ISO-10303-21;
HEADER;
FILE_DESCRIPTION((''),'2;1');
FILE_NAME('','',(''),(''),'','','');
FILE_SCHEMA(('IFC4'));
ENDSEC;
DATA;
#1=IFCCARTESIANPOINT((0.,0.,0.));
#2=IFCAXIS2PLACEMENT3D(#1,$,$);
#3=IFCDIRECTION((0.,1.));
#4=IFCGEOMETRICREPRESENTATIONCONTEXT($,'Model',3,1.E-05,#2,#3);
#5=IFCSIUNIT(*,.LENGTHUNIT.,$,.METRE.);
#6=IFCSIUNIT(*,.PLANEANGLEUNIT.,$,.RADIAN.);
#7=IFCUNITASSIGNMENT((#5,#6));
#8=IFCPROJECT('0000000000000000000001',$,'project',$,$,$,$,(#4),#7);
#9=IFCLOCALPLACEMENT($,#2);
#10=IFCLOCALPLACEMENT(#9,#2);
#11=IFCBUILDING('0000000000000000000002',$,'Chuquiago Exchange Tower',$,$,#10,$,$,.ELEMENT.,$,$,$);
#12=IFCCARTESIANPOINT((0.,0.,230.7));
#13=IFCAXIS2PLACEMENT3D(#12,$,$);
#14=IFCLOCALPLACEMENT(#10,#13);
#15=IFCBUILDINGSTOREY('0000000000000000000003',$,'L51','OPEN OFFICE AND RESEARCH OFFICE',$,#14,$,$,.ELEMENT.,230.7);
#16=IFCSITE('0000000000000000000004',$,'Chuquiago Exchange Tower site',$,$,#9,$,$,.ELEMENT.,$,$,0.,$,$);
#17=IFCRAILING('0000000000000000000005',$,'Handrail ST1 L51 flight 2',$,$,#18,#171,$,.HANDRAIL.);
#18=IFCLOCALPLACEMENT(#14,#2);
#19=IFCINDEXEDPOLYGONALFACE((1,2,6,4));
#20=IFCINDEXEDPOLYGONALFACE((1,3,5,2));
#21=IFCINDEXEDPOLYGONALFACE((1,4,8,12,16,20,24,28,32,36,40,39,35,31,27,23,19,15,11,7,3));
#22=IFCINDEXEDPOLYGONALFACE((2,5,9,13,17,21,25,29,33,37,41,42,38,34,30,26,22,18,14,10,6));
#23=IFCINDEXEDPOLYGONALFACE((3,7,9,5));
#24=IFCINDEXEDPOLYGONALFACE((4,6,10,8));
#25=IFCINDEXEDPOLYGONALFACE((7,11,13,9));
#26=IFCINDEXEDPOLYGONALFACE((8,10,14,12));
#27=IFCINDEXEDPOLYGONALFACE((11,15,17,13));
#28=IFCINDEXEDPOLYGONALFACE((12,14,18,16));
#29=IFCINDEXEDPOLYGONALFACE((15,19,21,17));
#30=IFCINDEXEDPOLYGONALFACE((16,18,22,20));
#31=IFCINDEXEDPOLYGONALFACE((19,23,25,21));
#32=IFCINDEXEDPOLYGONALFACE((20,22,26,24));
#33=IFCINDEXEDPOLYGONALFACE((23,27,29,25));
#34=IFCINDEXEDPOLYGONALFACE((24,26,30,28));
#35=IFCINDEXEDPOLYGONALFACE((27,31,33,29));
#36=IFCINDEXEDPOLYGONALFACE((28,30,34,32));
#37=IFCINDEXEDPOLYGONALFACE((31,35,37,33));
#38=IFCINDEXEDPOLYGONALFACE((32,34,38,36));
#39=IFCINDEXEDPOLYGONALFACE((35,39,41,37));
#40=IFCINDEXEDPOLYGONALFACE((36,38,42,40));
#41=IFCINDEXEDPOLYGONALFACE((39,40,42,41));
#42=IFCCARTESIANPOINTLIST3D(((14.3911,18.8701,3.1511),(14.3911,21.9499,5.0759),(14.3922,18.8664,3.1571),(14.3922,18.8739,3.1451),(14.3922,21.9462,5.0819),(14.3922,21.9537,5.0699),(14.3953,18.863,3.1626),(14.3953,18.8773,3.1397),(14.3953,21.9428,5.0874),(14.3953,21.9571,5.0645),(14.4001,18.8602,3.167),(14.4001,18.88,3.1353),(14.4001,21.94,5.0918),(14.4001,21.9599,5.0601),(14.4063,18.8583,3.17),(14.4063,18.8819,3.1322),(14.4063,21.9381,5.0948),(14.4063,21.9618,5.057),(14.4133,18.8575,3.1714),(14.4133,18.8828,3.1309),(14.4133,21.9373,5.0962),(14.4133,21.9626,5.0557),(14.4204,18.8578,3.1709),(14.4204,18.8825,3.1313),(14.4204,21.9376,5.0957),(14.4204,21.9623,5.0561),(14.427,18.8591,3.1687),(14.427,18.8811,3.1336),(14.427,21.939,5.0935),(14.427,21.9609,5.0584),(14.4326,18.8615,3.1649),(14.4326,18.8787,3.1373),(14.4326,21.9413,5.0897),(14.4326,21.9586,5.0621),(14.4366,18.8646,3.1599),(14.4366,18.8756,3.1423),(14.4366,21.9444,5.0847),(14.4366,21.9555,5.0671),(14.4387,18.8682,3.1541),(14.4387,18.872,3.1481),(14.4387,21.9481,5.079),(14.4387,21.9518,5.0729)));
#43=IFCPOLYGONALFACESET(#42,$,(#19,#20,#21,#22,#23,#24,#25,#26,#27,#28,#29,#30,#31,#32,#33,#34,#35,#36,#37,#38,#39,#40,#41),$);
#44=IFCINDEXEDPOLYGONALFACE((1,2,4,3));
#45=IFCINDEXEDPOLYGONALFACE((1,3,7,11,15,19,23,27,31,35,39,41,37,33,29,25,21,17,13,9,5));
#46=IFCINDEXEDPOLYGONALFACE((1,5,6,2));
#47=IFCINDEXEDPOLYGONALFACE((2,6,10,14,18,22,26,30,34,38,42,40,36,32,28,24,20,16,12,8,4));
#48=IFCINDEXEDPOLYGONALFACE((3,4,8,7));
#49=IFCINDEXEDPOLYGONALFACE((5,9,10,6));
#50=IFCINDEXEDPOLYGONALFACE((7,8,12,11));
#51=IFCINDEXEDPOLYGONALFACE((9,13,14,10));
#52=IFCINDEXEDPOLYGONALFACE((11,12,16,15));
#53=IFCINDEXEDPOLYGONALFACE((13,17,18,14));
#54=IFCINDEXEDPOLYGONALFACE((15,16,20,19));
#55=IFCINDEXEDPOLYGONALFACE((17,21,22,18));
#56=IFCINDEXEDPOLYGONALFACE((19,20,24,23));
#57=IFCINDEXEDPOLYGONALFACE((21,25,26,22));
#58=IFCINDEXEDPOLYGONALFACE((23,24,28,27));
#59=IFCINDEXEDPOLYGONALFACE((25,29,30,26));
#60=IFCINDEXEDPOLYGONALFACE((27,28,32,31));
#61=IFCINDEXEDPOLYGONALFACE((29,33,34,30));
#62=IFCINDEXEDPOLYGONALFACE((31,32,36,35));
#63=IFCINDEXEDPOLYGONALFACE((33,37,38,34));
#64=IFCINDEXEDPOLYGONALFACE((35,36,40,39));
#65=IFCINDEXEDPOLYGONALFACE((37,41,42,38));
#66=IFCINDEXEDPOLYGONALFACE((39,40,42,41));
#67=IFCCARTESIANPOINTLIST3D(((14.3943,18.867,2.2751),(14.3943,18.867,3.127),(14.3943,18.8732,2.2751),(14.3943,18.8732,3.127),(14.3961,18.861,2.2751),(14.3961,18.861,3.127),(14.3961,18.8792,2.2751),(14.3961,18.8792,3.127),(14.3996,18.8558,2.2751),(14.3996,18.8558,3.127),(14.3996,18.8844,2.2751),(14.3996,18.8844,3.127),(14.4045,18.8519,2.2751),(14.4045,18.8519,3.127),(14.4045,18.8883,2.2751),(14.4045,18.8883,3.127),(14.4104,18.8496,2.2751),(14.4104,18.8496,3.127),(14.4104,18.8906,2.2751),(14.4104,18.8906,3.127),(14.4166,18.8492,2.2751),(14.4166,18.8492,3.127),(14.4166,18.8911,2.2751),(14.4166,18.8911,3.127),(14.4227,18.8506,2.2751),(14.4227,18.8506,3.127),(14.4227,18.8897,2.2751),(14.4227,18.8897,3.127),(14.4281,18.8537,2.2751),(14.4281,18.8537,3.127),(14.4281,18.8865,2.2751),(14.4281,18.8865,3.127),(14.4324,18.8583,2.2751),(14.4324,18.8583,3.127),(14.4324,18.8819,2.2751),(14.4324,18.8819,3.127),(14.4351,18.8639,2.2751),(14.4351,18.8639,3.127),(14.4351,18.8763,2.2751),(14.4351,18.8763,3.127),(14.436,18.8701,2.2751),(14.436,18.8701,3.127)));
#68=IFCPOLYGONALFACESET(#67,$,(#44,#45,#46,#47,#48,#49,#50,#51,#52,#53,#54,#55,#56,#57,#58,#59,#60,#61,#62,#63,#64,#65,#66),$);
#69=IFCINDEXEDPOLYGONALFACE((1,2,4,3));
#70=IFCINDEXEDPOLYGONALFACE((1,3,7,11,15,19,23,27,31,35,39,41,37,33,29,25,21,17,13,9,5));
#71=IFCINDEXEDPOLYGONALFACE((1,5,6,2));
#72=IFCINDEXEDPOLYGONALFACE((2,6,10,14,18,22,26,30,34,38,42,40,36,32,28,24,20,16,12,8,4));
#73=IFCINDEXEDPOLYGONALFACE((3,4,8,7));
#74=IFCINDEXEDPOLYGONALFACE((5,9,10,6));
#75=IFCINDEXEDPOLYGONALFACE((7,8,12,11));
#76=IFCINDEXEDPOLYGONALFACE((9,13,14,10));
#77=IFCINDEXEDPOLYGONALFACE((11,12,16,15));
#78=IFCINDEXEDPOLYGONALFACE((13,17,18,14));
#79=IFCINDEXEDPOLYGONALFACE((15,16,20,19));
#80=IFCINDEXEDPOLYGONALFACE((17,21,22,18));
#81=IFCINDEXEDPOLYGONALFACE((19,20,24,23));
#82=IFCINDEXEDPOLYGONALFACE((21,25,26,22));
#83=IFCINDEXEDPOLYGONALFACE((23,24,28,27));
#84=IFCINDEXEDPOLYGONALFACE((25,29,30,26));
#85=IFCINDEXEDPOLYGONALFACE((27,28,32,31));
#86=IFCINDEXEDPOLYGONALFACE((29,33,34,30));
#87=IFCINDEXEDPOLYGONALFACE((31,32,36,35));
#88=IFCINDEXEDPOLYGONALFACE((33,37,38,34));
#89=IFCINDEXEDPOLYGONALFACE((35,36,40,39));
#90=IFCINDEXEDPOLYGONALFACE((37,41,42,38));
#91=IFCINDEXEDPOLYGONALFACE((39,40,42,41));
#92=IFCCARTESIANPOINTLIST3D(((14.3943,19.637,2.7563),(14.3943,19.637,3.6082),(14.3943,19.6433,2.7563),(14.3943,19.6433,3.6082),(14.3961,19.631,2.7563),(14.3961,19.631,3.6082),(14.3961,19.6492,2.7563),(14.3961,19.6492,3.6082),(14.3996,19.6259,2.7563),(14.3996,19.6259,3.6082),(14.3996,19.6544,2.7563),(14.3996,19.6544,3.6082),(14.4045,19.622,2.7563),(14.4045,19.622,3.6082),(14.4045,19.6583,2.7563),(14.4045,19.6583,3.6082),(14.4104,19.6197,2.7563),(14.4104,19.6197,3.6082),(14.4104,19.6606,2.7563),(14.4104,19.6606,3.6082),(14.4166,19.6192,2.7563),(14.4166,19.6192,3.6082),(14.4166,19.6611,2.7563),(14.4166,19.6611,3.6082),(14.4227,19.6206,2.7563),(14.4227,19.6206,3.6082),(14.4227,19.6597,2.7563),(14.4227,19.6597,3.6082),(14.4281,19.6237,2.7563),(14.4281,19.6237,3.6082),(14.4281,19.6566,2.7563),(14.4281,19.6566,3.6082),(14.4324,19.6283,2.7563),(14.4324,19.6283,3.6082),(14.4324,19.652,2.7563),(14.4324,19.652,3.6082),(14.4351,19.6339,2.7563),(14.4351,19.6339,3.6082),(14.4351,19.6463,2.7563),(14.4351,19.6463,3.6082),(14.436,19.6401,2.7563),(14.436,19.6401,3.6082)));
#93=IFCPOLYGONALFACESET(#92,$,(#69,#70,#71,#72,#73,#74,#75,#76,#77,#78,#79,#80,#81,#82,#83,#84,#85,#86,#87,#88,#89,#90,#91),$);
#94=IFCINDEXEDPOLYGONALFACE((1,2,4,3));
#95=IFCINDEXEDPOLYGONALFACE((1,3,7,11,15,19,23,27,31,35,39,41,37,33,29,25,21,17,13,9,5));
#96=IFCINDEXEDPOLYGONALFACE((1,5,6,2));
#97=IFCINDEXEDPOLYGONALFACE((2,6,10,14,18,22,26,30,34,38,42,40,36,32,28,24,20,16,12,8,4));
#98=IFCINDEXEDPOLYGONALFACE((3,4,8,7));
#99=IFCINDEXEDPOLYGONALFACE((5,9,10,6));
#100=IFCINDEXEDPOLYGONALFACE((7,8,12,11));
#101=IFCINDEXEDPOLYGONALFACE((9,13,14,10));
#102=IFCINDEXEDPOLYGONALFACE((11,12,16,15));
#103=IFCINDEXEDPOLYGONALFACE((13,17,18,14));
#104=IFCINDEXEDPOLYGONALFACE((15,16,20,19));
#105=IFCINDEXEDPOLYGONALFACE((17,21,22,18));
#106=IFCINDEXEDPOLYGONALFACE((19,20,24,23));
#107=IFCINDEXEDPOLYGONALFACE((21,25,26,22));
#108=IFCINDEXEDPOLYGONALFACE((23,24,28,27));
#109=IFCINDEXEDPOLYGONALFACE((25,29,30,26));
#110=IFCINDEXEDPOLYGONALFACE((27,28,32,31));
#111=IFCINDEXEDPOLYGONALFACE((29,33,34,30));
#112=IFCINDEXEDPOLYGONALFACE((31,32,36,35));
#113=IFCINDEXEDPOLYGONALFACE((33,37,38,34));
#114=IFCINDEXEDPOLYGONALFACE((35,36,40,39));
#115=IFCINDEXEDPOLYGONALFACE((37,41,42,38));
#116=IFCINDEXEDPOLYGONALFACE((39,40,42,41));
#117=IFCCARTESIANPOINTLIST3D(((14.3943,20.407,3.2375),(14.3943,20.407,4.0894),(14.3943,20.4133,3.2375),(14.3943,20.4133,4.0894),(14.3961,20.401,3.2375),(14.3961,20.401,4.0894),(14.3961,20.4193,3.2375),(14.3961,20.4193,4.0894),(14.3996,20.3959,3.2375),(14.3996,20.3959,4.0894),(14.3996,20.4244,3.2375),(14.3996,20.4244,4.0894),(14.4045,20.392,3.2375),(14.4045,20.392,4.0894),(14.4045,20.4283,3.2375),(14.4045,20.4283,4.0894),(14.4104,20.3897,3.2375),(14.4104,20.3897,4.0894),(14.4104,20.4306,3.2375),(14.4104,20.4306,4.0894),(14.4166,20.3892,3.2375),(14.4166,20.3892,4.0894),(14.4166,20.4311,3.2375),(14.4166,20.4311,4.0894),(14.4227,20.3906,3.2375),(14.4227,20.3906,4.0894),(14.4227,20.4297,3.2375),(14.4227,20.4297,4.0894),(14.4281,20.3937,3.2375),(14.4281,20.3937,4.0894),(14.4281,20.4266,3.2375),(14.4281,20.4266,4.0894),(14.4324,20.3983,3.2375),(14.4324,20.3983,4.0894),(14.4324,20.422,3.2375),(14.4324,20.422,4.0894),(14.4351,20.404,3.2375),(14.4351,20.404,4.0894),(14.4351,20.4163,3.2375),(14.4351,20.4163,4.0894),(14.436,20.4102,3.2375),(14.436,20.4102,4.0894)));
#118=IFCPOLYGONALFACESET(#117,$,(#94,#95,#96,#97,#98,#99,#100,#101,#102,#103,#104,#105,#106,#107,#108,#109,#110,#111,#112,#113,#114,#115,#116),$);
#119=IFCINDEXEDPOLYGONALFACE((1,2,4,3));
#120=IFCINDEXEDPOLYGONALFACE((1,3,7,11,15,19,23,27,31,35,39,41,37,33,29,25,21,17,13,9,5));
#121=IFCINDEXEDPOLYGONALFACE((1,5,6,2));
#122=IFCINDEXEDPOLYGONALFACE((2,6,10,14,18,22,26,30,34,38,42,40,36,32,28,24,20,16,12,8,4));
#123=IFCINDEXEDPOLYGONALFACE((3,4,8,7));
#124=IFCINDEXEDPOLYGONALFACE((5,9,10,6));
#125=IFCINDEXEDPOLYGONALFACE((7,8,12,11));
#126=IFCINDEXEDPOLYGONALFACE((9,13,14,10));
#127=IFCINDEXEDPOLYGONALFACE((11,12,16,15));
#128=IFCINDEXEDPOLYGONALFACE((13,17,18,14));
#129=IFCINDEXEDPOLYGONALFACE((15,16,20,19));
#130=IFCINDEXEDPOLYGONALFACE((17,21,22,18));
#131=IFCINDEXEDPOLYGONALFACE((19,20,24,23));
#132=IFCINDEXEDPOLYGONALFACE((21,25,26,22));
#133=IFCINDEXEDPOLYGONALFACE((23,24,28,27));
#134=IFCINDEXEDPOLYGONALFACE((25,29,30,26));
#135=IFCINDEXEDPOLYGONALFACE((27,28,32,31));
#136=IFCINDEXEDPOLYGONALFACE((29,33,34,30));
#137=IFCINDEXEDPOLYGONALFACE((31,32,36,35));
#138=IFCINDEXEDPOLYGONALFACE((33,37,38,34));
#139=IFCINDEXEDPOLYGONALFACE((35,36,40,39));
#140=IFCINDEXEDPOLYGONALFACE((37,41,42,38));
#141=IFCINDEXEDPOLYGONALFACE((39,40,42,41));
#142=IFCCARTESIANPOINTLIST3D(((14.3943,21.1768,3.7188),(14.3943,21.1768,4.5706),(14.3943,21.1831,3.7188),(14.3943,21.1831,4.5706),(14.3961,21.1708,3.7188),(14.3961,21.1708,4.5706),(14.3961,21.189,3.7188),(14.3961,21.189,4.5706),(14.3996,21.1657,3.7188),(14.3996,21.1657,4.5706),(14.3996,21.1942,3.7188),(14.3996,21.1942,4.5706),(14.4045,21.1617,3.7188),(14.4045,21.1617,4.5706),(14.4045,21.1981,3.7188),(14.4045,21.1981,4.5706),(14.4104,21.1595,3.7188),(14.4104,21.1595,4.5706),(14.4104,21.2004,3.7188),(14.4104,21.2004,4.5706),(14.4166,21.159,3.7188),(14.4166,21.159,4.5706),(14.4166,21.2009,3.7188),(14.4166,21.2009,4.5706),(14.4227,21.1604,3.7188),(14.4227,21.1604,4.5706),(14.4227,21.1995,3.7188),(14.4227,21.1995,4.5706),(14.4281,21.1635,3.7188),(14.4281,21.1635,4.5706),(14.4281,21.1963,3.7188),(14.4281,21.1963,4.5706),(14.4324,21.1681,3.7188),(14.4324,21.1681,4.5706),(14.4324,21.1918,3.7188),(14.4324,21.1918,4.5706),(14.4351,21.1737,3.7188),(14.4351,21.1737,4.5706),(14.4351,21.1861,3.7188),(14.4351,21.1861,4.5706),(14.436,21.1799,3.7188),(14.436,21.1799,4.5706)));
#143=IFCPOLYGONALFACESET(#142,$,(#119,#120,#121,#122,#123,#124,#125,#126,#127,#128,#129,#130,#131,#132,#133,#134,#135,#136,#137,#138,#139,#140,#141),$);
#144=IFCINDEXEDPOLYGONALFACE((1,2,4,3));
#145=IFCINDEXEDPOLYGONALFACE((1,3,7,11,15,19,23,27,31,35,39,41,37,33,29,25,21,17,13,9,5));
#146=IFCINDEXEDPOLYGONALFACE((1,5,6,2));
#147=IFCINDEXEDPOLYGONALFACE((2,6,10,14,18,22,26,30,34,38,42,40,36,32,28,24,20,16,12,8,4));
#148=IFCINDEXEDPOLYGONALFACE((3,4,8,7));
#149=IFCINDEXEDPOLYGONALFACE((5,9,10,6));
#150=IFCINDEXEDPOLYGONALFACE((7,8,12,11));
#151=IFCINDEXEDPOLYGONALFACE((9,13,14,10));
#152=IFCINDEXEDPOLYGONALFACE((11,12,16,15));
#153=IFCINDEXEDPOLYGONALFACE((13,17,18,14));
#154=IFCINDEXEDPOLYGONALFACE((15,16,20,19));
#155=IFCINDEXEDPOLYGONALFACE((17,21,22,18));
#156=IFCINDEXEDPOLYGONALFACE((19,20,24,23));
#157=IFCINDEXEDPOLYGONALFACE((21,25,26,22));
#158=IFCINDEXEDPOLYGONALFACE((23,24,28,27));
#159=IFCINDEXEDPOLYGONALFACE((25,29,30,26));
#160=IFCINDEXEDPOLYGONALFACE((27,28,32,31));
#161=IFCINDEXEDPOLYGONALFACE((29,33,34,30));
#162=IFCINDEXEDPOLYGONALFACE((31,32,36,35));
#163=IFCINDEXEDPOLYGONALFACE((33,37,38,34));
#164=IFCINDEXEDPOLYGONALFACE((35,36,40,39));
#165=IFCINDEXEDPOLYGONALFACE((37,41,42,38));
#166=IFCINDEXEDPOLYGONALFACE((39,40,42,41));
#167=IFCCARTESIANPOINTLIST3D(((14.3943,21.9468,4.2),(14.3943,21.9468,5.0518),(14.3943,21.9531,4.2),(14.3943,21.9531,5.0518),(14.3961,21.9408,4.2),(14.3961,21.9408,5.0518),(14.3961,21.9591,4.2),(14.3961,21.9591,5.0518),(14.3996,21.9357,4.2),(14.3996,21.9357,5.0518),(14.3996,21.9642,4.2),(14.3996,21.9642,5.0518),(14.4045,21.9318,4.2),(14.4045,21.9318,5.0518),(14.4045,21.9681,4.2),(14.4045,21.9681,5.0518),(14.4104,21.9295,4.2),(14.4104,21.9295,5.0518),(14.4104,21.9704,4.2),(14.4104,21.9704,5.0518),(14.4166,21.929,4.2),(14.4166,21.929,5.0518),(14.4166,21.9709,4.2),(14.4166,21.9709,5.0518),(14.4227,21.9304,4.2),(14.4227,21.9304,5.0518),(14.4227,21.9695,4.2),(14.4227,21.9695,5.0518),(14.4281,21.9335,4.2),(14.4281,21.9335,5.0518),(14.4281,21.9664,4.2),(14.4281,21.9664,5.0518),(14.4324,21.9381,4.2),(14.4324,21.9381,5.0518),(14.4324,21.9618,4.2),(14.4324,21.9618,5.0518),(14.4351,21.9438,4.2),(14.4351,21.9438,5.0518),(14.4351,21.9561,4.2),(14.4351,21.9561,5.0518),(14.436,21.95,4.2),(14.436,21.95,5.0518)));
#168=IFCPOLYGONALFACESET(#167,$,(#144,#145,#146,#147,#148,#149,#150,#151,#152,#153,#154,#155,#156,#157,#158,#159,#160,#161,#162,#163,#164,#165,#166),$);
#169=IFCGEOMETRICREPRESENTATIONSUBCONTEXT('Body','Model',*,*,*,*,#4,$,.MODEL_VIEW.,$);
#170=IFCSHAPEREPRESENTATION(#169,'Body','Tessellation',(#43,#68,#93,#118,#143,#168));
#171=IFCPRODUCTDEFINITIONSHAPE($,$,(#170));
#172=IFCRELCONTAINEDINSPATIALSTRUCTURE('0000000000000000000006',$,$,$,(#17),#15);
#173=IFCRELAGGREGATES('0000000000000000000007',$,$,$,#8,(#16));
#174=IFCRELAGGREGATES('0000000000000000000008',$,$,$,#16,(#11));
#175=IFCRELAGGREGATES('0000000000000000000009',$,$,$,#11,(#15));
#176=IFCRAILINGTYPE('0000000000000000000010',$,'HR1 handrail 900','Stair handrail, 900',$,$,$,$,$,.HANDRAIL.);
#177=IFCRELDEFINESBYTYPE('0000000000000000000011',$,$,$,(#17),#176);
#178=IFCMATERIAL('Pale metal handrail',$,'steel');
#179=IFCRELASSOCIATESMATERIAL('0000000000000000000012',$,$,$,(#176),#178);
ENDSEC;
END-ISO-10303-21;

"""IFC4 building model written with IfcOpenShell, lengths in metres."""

from ifc_helpers import new_model, si_unit, direction, frame, origin, origin_2d, place, context, subcontext, project, spatial, circle, extrude, material, type_object, element, save


model = new_model("IFC4")

# Units and contexts
model_context = context("Model", 3, precision=1e-05, world=origin(), true_north=direction((0.0, 1.0)))
body_context = subcontext(model_context, "Body", "Model", "MODEL_VIEW")
ifc_project = project(units=[si_unit("LENGTHUNIT", "METRE"), si_unit("PLANEANGLEUNIT", "RADIAN")], contexts=[model_context])

# Site, building, storey
site_placement = place(None, origin())
site = spatial("IfcSite", under=ifc_project, at=site_placement, Name="Chuquiago Exchange Tower site", CompositionType="ELEMENT", RefElevation=0.0)
building_placement = place(site_placement, origin())
building = spatial("IfcBuilding", under=site, at=building_placement, Name="Chuquiago Exchange Tower", CompositionType="ELEMENT")
storey_placement = place(building_placement, frame((0.0, 0.0, 230.7)))
storey = spatial("IfcBuildingStorey", under=building, at=storey_placement, Name="L51", Description="OPEN OFFICE AND RESEARCH OFFICE", CompositionType="ELEMENT", Elevation=230.7)

# Railing
ifc_material_1 = material(Name="Pale metal handrail", Category="steel")
railing_type_1 = type_object("IfcRailingType", Name="HR1 handrail 900", Description="Stair handrail, 900", PredefinedType="HANDRAIL", material=ifc_material_1)
for number, where, name in (
    (1, (14.415, 18.8701, 2.2751), "Handrail ST1 L51 flight 2"),
):
    element("IfcRailing", number, at=place(storey_placement, frame(where)), inside=storey, type_object=railing_type_1, Name=name, PredefinedType="HANDRAIL", context=body_context, shape_type="SweptSolid", body=[
        extrude(circle(Radius=0.0239, at=origin_2d()), frame((0.0, 0.0, 0.876), z_axis=(0.0, 0.84801, 0.529981), x_axis=(-1.0, 0.0, 0.0)), (0.0, 0.0, 1.0), 3.6318),
        extrude(circle(Radius=0.021, at=origin_2d()), origin(), (0.0, 0.0, 1.0), 0.8518),
        extrude(circle(Radius=0.021, at=origin_2d()), frame((0.0, 0.77, 0.4812)), (0.0, 0.0, 1.0), 0.8518),
        extrude(circle(Radius=0.021, at=origin_2d()), frame((0.0, 1.54, 0.9624)), (0.0, 0.0, 1.0), 0.8518),
        extrude(circle(Radius=0.021, at=origin_2d()), frame((0.0, 2.3098, 1.4436)), (0.0, 0.0, 1.0), 0.8518),
        extrude(circle(Radius=0.021, at=origin_2d()), frame((0.0, 3.0798, 1.9248)), (0.0, 0.0, 1.0), 0.8518),
    ])

save(model, "model.ifc")
